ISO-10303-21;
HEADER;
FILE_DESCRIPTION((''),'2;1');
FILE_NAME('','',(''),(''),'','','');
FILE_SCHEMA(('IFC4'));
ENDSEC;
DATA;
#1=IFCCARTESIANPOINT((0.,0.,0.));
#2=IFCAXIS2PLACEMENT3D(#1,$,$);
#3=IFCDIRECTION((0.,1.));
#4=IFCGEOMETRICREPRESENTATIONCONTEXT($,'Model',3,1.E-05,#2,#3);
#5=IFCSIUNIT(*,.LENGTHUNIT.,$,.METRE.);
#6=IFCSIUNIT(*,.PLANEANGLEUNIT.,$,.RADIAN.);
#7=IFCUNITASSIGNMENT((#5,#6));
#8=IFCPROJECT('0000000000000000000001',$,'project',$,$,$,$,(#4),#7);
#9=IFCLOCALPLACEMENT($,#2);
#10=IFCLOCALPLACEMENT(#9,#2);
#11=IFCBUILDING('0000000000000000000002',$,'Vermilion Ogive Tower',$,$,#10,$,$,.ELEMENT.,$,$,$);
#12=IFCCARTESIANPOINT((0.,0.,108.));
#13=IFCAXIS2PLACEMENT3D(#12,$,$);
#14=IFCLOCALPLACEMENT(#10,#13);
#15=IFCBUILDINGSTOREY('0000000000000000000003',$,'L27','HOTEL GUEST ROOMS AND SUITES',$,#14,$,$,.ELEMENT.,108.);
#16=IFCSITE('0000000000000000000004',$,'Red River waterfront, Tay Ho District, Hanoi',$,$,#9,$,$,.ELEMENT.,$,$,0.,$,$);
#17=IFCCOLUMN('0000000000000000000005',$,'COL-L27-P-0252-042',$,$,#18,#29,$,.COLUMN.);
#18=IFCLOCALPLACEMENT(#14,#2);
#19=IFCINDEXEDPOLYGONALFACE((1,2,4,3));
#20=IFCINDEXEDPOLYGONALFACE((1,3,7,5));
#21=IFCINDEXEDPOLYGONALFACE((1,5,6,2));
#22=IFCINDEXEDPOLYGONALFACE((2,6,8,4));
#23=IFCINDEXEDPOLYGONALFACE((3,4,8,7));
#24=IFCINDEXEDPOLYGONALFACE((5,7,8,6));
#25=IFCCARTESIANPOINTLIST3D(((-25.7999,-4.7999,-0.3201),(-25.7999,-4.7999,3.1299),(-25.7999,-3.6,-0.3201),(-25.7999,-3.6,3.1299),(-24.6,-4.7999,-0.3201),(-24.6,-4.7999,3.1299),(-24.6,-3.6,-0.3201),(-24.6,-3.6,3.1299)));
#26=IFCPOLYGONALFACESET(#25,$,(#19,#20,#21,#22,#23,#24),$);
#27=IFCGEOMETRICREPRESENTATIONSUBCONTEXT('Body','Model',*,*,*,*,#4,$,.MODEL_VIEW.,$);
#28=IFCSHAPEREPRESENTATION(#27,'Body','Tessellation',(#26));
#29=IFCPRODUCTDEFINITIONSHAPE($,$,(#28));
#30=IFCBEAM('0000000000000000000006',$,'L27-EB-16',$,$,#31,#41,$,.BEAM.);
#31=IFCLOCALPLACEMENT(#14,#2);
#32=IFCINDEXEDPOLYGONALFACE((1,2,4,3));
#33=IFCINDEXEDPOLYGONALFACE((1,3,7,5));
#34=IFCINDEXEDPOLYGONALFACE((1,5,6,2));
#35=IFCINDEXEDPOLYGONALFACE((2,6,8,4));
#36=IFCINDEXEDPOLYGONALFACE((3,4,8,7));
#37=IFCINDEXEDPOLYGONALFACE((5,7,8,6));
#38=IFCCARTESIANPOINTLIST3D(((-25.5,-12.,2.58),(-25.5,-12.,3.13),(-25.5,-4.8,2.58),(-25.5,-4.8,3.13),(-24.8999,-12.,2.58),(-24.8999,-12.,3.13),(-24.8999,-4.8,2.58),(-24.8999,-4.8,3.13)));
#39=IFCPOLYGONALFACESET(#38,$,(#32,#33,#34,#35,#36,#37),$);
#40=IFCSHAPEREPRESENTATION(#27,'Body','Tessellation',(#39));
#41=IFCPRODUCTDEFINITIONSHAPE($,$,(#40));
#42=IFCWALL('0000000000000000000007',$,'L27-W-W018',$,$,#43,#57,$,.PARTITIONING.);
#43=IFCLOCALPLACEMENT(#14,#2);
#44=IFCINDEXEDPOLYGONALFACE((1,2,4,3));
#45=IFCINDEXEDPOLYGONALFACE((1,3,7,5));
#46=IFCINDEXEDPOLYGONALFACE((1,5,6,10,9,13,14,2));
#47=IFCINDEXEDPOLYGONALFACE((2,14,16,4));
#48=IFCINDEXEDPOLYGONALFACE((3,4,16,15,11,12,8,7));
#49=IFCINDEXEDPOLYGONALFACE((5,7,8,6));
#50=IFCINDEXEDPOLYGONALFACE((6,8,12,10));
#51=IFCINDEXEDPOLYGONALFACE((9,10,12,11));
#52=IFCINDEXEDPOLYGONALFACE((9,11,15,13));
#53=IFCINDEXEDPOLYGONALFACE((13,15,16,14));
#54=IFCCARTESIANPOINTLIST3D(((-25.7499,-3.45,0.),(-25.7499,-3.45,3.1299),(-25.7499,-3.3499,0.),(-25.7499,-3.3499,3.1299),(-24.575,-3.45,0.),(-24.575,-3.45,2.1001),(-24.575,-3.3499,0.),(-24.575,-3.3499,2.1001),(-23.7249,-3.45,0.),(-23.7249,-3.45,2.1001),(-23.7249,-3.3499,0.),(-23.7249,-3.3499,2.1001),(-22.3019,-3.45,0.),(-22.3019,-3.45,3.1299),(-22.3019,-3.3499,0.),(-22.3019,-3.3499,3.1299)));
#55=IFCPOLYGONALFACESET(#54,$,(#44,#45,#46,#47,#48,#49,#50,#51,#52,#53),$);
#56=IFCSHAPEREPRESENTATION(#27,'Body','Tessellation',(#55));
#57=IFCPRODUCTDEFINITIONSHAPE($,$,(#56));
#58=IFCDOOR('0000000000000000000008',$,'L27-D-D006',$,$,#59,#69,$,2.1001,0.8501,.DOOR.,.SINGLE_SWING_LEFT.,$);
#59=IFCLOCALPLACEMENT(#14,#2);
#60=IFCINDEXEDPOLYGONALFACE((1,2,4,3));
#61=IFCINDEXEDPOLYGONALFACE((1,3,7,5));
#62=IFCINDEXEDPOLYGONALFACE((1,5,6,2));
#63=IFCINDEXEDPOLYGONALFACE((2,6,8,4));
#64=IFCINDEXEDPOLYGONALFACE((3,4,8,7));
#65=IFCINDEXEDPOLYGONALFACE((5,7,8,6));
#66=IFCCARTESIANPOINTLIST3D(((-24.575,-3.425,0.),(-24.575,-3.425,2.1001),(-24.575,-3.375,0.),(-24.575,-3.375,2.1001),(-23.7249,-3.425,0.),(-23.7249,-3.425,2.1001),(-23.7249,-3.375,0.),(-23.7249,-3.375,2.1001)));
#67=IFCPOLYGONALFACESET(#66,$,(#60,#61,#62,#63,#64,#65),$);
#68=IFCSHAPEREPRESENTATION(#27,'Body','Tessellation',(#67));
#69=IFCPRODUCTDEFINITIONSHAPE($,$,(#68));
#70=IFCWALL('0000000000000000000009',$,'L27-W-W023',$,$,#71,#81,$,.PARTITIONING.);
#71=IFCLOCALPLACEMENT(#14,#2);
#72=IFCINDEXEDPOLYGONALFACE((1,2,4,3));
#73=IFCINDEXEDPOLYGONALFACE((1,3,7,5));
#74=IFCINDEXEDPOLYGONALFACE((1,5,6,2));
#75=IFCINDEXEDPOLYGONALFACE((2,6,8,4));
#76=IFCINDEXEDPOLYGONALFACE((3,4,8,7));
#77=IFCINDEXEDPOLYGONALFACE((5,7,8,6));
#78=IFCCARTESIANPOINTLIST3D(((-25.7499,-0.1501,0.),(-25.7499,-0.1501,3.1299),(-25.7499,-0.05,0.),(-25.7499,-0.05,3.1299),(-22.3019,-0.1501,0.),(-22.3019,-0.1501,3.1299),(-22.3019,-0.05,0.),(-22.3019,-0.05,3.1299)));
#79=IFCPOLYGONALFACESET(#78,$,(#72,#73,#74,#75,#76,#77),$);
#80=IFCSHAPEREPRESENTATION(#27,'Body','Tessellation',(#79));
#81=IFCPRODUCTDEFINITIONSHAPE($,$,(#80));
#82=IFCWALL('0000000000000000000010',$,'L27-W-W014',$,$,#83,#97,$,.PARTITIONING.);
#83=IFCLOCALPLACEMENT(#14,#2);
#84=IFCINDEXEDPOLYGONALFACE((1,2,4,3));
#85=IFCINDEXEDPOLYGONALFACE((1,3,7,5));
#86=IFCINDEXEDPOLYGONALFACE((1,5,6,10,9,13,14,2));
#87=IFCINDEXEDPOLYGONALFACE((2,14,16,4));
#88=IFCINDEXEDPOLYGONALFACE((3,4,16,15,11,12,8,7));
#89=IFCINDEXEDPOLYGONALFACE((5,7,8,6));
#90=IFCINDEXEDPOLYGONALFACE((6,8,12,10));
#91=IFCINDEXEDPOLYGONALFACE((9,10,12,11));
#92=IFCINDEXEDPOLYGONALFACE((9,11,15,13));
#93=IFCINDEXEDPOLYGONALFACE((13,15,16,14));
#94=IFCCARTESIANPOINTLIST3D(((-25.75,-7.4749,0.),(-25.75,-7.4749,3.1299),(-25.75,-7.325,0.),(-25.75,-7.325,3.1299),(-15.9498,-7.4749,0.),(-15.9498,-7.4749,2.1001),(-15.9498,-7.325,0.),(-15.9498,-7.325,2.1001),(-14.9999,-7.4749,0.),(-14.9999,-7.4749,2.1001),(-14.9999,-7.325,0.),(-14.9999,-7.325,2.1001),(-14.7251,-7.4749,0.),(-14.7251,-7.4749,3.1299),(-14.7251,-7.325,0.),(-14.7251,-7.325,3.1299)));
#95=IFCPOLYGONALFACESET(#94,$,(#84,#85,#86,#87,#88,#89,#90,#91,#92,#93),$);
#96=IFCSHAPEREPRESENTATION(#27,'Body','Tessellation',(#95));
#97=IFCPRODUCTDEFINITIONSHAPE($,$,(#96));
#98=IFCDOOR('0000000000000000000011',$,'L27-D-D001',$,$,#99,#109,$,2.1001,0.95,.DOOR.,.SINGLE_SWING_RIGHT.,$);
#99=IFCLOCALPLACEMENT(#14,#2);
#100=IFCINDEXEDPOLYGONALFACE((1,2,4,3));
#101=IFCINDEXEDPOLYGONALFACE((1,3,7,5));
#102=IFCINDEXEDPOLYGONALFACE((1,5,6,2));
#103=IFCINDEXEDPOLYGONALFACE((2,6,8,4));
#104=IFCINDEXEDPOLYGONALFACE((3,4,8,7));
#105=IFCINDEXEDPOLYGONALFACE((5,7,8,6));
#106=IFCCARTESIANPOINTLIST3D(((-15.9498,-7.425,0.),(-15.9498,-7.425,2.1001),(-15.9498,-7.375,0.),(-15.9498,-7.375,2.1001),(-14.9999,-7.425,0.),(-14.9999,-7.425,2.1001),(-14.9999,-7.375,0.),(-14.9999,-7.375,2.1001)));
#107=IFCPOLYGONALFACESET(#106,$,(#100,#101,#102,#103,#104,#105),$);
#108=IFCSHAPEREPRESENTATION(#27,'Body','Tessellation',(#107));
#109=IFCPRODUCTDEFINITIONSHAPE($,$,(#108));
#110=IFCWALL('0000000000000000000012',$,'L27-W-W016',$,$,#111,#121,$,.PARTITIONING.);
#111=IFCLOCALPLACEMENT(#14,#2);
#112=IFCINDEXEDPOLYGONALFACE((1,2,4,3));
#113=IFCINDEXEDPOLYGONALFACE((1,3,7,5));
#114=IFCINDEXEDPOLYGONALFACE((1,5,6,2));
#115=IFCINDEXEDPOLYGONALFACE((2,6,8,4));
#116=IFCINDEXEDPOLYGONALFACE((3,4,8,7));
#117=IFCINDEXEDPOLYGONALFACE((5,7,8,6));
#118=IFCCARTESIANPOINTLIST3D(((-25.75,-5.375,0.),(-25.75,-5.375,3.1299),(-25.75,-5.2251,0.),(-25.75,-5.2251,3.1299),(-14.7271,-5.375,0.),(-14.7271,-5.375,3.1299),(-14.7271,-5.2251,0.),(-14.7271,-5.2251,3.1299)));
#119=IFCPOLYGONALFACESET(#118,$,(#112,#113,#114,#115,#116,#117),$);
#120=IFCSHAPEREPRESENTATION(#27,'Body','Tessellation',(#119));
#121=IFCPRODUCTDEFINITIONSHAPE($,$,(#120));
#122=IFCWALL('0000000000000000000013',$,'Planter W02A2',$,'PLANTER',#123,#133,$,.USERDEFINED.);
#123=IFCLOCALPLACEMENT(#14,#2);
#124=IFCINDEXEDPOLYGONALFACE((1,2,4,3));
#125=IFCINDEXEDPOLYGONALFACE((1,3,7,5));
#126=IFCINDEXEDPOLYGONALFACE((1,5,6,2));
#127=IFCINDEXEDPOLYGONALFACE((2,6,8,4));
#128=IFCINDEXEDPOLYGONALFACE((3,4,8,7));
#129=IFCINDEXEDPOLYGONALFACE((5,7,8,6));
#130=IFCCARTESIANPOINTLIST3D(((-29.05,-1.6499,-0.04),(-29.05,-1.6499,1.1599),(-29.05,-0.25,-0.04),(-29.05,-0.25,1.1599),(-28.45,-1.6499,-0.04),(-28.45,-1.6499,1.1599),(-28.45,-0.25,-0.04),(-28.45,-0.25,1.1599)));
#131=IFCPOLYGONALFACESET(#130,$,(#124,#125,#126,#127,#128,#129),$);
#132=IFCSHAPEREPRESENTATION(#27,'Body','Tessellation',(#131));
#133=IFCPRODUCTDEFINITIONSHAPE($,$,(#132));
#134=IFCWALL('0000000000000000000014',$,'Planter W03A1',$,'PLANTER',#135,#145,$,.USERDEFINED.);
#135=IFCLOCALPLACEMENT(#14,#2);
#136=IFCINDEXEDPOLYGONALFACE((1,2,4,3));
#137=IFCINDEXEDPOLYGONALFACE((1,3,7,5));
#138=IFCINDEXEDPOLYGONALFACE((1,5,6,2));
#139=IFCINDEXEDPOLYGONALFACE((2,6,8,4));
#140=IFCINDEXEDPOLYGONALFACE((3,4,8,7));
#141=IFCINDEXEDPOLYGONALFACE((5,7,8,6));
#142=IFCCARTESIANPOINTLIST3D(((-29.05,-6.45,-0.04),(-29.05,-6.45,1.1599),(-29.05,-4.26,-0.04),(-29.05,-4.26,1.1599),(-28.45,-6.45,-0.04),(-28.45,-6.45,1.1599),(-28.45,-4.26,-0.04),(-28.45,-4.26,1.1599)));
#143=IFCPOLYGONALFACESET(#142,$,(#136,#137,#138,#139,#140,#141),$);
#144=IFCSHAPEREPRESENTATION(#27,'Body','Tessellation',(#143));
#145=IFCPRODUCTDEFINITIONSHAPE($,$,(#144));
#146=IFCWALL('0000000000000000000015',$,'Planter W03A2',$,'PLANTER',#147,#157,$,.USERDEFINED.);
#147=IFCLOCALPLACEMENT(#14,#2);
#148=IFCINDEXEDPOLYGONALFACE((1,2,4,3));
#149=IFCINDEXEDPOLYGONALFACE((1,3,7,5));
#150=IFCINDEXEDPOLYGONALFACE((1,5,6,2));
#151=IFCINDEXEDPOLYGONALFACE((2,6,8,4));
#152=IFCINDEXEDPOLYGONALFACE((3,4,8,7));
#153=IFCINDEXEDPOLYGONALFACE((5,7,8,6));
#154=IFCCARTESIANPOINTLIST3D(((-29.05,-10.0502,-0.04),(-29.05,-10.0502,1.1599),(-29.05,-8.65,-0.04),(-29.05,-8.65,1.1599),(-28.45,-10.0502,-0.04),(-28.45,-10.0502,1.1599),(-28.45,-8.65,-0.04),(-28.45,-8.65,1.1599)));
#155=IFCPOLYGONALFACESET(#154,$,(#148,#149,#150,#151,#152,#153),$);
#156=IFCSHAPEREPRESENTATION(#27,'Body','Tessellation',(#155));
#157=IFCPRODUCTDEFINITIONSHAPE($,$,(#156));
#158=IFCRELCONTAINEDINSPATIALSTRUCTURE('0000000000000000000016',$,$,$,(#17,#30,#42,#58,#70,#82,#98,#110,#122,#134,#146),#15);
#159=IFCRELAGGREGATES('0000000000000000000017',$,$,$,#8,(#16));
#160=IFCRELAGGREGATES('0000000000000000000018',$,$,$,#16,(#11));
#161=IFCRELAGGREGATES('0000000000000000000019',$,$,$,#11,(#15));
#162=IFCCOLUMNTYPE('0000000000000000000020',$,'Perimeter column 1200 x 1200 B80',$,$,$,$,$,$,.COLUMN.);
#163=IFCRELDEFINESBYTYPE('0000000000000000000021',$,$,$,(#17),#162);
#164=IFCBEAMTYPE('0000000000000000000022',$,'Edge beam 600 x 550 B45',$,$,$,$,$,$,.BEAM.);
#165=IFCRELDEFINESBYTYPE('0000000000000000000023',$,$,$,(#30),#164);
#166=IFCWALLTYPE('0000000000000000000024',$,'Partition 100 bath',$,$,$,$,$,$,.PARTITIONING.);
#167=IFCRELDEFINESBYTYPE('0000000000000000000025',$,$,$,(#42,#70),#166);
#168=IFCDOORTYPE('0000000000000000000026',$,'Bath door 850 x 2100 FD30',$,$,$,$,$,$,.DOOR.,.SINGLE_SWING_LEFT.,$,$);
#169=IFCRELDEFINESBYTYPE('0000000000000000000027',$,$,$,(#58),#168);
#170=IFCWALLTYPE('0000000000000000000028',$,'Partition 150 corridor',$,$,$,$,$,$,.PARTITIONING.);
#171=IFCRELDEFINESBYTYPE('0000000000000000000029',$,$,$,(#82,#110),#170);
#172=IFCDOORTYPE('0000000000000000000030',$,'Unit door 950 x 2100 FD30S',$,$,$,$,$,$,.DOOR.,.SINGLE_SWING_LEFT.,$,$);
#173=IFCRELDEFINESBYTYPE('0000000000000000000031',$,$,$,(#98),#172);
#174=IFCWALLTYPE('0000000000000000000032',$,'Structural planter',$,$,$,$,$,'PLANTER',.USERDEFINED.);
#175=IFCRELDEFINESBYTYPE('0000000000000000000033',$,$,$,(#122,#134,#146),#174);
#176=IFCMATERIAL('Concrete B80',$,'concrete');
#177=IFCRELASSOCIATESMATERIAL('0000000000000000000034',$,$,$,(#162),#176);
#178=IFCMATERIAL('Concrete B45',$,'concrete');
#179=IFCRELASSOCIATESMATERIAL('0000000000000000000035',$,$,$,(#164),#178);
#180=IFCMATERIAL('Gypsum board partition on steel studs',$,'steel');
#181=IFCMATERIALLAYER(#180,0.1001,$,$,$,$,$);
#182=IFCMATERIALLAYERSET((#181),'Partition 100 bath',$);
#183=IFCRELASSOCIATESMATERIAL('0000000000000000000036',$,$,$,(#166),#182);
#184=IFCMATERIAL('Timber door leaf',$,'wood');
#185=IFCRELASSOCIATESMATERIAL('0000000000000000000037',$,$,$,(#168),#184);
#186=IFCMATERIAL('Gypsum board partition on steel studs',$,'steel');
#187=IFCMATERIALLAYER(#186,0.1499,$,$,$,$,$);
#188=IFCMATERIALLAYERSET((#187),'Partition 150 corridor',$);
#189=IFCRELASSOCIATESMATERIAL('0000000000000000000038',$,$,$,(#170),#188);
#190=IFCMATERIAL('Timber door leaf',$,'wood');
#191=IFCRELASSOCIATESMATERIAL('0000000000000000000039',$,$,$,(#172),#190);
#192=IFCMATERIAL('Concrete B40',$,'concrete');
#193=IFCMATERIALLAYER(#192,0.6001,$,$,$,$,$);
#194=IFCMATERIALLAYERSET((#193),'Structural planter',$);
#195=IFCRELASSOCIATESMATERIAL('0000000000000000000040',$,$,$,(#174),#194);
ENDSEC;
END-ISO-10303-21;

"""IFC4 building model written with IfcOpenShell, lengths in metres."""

from ifc_helpers import new_model, si_unit, direction, frame, frame_2d, origin, origin_2d, place, context, subcontext, project, spatial, rectangle, extrude, material, layer, layer_set, material_profile, profile_set, type_object, element, fill, save


model = new_model("IFC4")

# Units and contexts
model_context = context("Model", 3, precision=1e-05, world=origin(), true_north=direction((0.0, 1.0)))
body_context = subcontext(model_context, "Body", "Model", "MODEL_VIEW")
ifc_project = project(units=[si_unit("LENGTHUNIT", "METRE"), si_unit("PLANEANGLEUNIT", "RADIAN")], contexts=[model_context])

# Site, building, storey
site_placement = place(None, origin())
site = spatial("IfcSite", under=ifc_project, at=site_placement, Name="Red River waterfront, Tay Ho District, Hanoi", CompositionType="ELEMENT", RefElevation=0.0)
building_placement = place(site_placement, origin())
building = spatial("IfcBuilding", under=site, at=building_placement, Name="Vermilion Ogive Tower", CompositionType="ELEMENT")
storey_placement = place(building_placement, frame((0.0, 0.0, 108.0)))
storey = spatial("IfcBuildingStorey", under=building, at=storey_placement, Name="L27", Description="HOTEL GUEST ROOMS AND SUITES", CompositionType="ELEMENT", Elevation=108.0)

# Column
ifc_material_1 = material(Name="Concrete B80", Category="concrete")
ifc_material_profile_1 = material_profile(ifc_material_1, rectangle(XDim=1.2, YDim=1.2, at=origin_2d()), Name="1200 x 1200")
ifc_profile_set_1 = profile_set([ifc_material_profile_1], Name="Concrete B80")
column_type = type_object("IfcColumnType", Name="Perimeter column 1200 x 1200 B80", PredefinedType="COLUMN", material=ifc_profile_set_1)
column_placement = place(storey_placement, frame((-25.2, -4.2, -0.3201), z_axis=(0.0, 0.0, 1.0), x_axis=(1.0, 0.0, 0.0)))
element("IfcColumn", 1, at=column_placement, inside=storey, type_object=column_type, Name="COL-L27-P-0252-042", PredefinedType="COLUMN", context=body_context, shape_type="SweptSolid", body=[
    extrude(rectangle(XDim=1.2, YDim=1.2, at=origin_2d()), origin(), (0.0, 0.0, 1.0), 3.45),
])

# Beam
ifc_material_2 = material(Name="Concrete B45", Category="concrete")
ifc_material_profile_2 = material_profile(ifc_material_2, rectangle(XDim=0.6001, YDim=0.55, at=origin_2d()), Name="600 x 550")
ifc_profile_set_2 = profile_set([ifc_material_profile_2], Name="Concrete B45")
beam_type = type_object("IfcBeamType", Name="Edge beam 600 x 550 B45", PredefinedType="BEAM", material=ifc_profile_set_2)
beam_placement = place(storey_placement, frame((-25.2, -4.8, 2.855), z_axis=(0.0, -1.0, 0.0), x_axis=(1.0, 0.0, 0.0)))
element("IfcBeam", 2, at=beam_placement, inside=storey, type_object=beam_type, Name="L27-EB-16", PredefinedType="BEAM", context=body_context, shape_type="SweptSolid", body=[
    extrude(rectangle(XDim=0.6001, YDim=0.55, at=origin_2d()), origin(), (0.0, 0.0, 1.0), 7.2),
])

# Wall, opening, door
ifc_material_3 = material(Name="Gypsum board partition on steel studs", Category="steel")
ifc_layer_1 = layer(ifc_material_3, 0.1001)
ifc_layer_set_1 = layer_set([ifc_layer_1], Name="Partition 100 bath")
wall_type_1 = type_object("IfcWallType", Name="Partition 100 bath", PredefinedType="PARTITIONING", material=ifc_layer_set_1)
wall_1_placement = place(storey_placement, frame((-25.75, -3.3999, 0.0), z_axis=(0.0, 0.0, 1.0), x_axis=(1.0, 0.0, 0.0)))
wall_1 = element("IfcWall", 3, at=wall_1_placement, inside=storey, type_object=wall_type_1, Name="L27-W-W018", PredefinedType="PARTITIONING", context=body_context, shape_type="SweptSolid", body=[
    extrude(rectangle(XDim=3.448, YDim=0.1001, at=frame_2d((1.7241, 0.0))), origin(), (0.0, 0.0, 1.0), 3.1299),
])
opening_1_placement = place(wall_1_placement, frame((1.175, 0.0, 0.0)))
opening_1 = element("IfcOpeningElement", 4, at=opening_1_placement, cuts=wall_1, PredefinedType="OPENING", context=body_context, shape_type="SweptSolid", body=[
    extrude(rectangle(XDim=0.8501, YDim=2.1001, at=frame_2d((0.425, 1.05))), frame((0.0, 0.0601, 0.0), z_axis=(0.0, -1.0, 0.0), x_axis=(1.0, 0.0, 0.0)), (0.0, 0.0, 1.0), 0.1201),
])
ifc_material_4 = material(Name="Timber door leaf", Category="wood")
door_type_1 = type_object("IfcDoorType", Name="Bath door 850 x 2100 FD30", OperationType="SINGLE_SWING_LEFT", PredefinedType="DOOR", material=ifc_material_4)
door_1_placement = place(opening_1_placement, origin())
door_1 = element("IfcDoor", 5, at=door_1_placement, inside=storey, type_object=door_type_1, Name="L27-D-D006", OperationType="SINGLE_SWING_LEFT", OverallHeight=2.1001, OverallWidth=0.8501, PredefinedType="DOOR", context=body_context, shape_type="SweptSolid", body=[
    extrude(rectangle(XDim=0.8501, YDim=2.1001, at=frame_2d((0.425, 1.05))), frame((0.0, 0.0249, 0.0), z_axis=(0.0, -1.0, 0.0), x_axis=(1.0, 0.0, 0.0)), (0.0, 0.0, 1.0), 0.05),
])
fill(opening_1, door_1)

# Wall
wall_2_placement = place(storey_placement, frame((-25.75, -0.1001, 0.0), z_axis=(0.0, 0.0, 1.0), x_axis=(1.0, 0.0, 0.0)))
element("IfcWall", 6, at=wall_2_placement, inside=storey, type_object=wall_type_1, Name="L27-W-W023", PredefinedType="PARTITIONING", context=body_context, shape_type="SweptSolid", body=[
    extrude(rectangle(XDim=3.448, YDim=0.1001, at=frame_2d((1.7241, 0.0))), origin(), (0.0, 0.0, 1.0), 3.1299),
])

# Wall, opening, door
ifc_material_5 = material(Name="Gypsum board partition on steel studs", Category="steel")
ifc_layer_2 = layer(ifc_material_5, 0.1499)
ifc_layer_set_2 = layer_set([ifc_layer_2], Name="Partition 150 corridor")
wall_type_2 = type_object("IfcWallType", Name="Partition 150 corridor", PredefinedType="PARTITIONING", material=ifc_layer_set_2)
wall_3_placement = place(storey_placement, frame((-25.75, -7.3999, 0.0), z_axis=(0.0, 0.0, 1.0), x_axis=(1.0, 0.0, 0.0)))
wall_3 = element("IfcWall", 7, at=wall_3_placement, inside=storey, type_object=wall_type_2, Name="L27-W-W014", PredefinedType="PARTITIONING", context=body_context, shape_type="SweptSolid", body=[
    extrude(rectangle(XDim=11.0249, YDim=0.1499, at=frame_2d((5.5125, 0.0))), origin(), (0.0, 0.0, 1.0), 3.1299),
])
opening_2_placement = place(wall_3_placement, frame((9.8, 0.0, 0.0)))
opening_2 = element("IfcOpeningElement", 8, at=opening_2_placement, cuts=wall_3, PredefinedType="OPENING", context=body_context, shape_type="SweptSolid", body=[
    extrude(rectangle(XDim=0.95, YDim=2.1001, at=frame_2d((0.4751, 1.05))), frame((0.0, 0.085, 0.0), z_axis=(0.0, -1.0, 0.0), x_axis=(1.0, 0.0, 0.0)), (0.0, 0.0, 1.0), 0.1699),
])
ifc_material_6 = material(Name="Timber door leaf", Category="wood")
door_type_2 = type_object("IfcDoorType", Name="Unit door 950 x 2100 FD30S", OperationType="SINGLE_SWING_LEFT", PredefinedType="DOOR", material=ifc_material_6)
door_2_placement = place(opening_2_placement, origin())
door_2 = element("IfcDoor", 9, at=door_2_placement, inside=storey, type_object=door_type_2, Name="L27-D-D001", OperationType="SINGLE_SWING_RIGHT", OverallHeight=2.1001, OverallWidth=0.95, PredefinedType="DOOR", context=body_context, shape_type="SweptSolid", body=[
    extrude(rectangle(XDim=0.95, YDim=2.1001, at=frame_2d((0.4751, 1.05))), frame((0.0, 0.0249, 0.0), z_axis=(0.0, -1.0, 0.0), x_axis=(1.0, 0.0, 0.0)), (0.0, 0.0, 1.0), 0.05),
])
fill(opening_2, door_2)

# Walls
wall_4_placement = place(storey_placement, frame((-25.75, -5.3, 0.0), z_axis=(0.0, 0.0, 1.0), x_axis=(1.0, 0.0, 0.0)))
element("IfcWall", 10, at=wall_4_placement, inside=storey, type_object=wall_type_2, Name="L27-W-W016", PredefinedType="PARTITIONING", context=body_context, shape_type="SweptSolid", body=[
    extrude(rectangle(XDim=11.0229, YDim=0.1499, at=frame_2d((5.5115, 0.0))), origin(), (0.0, 0.0, 1.0), 3.1299),
])
ifc_material_7 = material(Name="Concrete B40", Category="concrete")
ifc_layer_3 = layer(ifc_material_7, 0.6001)
ifc_layer_set_3 = layer_set([ifc_layer_3], Name="Structural planter")
wall_type_3 = type_object("IfcWallType", Name="Structural planter", ElementType="PLANTER", PredefinedType="USERDEFINED", material=ifc_layer_set_3)
wall_5_placement = place(storey_placement, frame((-28.75, -0.25, -0.04), z_axis=(0.0, 0.0, 1.0), x_axis=(0.0, -1.0, 0.0)))
element("IfcWall", 11, at=wall_5_placement, inside=storey, type_object=wall_type_3, Name="Planter W02A2", ObjectType="PLANTER", PredefinedType="USERDEFINED", context=body_context, shape_type="SweptSolid", body=[
    extrude(rectangle(XDim=1.3999, YDim=0.6001, at=frame_2d((0.7, 0.0))), origin(), (0.0, 0.0, 1.0), 1.2),
])
wall_6_placement = place(storey_placement, frame((-28.75, -4.26, -0.04), z_axis=(0.0, 0.0, 1.0), x_axis=(0.0, -1.0, 0.0)))
element("IfcWall", 12, at=wall_6_placement, inside=storey, type_object=wall_type_3, Name="Planter W03A1", ObjectType="PLANTER", PredefinedType="USERDEFINED", context=body_context, shape_type="SweptSolid", body=[
    extrude(rectangle(XDim=2.1899, YDim=0.6001, at=frame_2d((1.095, 0.0))), origin(), (0.0, 0.0, 1.0), 1.2),
])
wall_7_placement = place(storey_placement, frame((-28.75, -8.6499, -0.04), z_axis=(0.0, 0.0, 1.0), x_axis=(0.0, -1.0, 0.0)))
element("IfcWall", 13, at=wall_7_placement, inside=storey, type_object=wall_type_3, Name="Planter W03A2", ObjectType="PLANTER", PredefinedType="USERDEFINED", context=body_context, shape_type="SweptSolid", body=[
    extrude(rectangle(XDim=1.4001, YDim=0.6001, at=frame_2d((0.7002, 0.0))), origin(), (0.0, 0.0, 1.0), 1.2),
])

save(model, "model.ifc")
